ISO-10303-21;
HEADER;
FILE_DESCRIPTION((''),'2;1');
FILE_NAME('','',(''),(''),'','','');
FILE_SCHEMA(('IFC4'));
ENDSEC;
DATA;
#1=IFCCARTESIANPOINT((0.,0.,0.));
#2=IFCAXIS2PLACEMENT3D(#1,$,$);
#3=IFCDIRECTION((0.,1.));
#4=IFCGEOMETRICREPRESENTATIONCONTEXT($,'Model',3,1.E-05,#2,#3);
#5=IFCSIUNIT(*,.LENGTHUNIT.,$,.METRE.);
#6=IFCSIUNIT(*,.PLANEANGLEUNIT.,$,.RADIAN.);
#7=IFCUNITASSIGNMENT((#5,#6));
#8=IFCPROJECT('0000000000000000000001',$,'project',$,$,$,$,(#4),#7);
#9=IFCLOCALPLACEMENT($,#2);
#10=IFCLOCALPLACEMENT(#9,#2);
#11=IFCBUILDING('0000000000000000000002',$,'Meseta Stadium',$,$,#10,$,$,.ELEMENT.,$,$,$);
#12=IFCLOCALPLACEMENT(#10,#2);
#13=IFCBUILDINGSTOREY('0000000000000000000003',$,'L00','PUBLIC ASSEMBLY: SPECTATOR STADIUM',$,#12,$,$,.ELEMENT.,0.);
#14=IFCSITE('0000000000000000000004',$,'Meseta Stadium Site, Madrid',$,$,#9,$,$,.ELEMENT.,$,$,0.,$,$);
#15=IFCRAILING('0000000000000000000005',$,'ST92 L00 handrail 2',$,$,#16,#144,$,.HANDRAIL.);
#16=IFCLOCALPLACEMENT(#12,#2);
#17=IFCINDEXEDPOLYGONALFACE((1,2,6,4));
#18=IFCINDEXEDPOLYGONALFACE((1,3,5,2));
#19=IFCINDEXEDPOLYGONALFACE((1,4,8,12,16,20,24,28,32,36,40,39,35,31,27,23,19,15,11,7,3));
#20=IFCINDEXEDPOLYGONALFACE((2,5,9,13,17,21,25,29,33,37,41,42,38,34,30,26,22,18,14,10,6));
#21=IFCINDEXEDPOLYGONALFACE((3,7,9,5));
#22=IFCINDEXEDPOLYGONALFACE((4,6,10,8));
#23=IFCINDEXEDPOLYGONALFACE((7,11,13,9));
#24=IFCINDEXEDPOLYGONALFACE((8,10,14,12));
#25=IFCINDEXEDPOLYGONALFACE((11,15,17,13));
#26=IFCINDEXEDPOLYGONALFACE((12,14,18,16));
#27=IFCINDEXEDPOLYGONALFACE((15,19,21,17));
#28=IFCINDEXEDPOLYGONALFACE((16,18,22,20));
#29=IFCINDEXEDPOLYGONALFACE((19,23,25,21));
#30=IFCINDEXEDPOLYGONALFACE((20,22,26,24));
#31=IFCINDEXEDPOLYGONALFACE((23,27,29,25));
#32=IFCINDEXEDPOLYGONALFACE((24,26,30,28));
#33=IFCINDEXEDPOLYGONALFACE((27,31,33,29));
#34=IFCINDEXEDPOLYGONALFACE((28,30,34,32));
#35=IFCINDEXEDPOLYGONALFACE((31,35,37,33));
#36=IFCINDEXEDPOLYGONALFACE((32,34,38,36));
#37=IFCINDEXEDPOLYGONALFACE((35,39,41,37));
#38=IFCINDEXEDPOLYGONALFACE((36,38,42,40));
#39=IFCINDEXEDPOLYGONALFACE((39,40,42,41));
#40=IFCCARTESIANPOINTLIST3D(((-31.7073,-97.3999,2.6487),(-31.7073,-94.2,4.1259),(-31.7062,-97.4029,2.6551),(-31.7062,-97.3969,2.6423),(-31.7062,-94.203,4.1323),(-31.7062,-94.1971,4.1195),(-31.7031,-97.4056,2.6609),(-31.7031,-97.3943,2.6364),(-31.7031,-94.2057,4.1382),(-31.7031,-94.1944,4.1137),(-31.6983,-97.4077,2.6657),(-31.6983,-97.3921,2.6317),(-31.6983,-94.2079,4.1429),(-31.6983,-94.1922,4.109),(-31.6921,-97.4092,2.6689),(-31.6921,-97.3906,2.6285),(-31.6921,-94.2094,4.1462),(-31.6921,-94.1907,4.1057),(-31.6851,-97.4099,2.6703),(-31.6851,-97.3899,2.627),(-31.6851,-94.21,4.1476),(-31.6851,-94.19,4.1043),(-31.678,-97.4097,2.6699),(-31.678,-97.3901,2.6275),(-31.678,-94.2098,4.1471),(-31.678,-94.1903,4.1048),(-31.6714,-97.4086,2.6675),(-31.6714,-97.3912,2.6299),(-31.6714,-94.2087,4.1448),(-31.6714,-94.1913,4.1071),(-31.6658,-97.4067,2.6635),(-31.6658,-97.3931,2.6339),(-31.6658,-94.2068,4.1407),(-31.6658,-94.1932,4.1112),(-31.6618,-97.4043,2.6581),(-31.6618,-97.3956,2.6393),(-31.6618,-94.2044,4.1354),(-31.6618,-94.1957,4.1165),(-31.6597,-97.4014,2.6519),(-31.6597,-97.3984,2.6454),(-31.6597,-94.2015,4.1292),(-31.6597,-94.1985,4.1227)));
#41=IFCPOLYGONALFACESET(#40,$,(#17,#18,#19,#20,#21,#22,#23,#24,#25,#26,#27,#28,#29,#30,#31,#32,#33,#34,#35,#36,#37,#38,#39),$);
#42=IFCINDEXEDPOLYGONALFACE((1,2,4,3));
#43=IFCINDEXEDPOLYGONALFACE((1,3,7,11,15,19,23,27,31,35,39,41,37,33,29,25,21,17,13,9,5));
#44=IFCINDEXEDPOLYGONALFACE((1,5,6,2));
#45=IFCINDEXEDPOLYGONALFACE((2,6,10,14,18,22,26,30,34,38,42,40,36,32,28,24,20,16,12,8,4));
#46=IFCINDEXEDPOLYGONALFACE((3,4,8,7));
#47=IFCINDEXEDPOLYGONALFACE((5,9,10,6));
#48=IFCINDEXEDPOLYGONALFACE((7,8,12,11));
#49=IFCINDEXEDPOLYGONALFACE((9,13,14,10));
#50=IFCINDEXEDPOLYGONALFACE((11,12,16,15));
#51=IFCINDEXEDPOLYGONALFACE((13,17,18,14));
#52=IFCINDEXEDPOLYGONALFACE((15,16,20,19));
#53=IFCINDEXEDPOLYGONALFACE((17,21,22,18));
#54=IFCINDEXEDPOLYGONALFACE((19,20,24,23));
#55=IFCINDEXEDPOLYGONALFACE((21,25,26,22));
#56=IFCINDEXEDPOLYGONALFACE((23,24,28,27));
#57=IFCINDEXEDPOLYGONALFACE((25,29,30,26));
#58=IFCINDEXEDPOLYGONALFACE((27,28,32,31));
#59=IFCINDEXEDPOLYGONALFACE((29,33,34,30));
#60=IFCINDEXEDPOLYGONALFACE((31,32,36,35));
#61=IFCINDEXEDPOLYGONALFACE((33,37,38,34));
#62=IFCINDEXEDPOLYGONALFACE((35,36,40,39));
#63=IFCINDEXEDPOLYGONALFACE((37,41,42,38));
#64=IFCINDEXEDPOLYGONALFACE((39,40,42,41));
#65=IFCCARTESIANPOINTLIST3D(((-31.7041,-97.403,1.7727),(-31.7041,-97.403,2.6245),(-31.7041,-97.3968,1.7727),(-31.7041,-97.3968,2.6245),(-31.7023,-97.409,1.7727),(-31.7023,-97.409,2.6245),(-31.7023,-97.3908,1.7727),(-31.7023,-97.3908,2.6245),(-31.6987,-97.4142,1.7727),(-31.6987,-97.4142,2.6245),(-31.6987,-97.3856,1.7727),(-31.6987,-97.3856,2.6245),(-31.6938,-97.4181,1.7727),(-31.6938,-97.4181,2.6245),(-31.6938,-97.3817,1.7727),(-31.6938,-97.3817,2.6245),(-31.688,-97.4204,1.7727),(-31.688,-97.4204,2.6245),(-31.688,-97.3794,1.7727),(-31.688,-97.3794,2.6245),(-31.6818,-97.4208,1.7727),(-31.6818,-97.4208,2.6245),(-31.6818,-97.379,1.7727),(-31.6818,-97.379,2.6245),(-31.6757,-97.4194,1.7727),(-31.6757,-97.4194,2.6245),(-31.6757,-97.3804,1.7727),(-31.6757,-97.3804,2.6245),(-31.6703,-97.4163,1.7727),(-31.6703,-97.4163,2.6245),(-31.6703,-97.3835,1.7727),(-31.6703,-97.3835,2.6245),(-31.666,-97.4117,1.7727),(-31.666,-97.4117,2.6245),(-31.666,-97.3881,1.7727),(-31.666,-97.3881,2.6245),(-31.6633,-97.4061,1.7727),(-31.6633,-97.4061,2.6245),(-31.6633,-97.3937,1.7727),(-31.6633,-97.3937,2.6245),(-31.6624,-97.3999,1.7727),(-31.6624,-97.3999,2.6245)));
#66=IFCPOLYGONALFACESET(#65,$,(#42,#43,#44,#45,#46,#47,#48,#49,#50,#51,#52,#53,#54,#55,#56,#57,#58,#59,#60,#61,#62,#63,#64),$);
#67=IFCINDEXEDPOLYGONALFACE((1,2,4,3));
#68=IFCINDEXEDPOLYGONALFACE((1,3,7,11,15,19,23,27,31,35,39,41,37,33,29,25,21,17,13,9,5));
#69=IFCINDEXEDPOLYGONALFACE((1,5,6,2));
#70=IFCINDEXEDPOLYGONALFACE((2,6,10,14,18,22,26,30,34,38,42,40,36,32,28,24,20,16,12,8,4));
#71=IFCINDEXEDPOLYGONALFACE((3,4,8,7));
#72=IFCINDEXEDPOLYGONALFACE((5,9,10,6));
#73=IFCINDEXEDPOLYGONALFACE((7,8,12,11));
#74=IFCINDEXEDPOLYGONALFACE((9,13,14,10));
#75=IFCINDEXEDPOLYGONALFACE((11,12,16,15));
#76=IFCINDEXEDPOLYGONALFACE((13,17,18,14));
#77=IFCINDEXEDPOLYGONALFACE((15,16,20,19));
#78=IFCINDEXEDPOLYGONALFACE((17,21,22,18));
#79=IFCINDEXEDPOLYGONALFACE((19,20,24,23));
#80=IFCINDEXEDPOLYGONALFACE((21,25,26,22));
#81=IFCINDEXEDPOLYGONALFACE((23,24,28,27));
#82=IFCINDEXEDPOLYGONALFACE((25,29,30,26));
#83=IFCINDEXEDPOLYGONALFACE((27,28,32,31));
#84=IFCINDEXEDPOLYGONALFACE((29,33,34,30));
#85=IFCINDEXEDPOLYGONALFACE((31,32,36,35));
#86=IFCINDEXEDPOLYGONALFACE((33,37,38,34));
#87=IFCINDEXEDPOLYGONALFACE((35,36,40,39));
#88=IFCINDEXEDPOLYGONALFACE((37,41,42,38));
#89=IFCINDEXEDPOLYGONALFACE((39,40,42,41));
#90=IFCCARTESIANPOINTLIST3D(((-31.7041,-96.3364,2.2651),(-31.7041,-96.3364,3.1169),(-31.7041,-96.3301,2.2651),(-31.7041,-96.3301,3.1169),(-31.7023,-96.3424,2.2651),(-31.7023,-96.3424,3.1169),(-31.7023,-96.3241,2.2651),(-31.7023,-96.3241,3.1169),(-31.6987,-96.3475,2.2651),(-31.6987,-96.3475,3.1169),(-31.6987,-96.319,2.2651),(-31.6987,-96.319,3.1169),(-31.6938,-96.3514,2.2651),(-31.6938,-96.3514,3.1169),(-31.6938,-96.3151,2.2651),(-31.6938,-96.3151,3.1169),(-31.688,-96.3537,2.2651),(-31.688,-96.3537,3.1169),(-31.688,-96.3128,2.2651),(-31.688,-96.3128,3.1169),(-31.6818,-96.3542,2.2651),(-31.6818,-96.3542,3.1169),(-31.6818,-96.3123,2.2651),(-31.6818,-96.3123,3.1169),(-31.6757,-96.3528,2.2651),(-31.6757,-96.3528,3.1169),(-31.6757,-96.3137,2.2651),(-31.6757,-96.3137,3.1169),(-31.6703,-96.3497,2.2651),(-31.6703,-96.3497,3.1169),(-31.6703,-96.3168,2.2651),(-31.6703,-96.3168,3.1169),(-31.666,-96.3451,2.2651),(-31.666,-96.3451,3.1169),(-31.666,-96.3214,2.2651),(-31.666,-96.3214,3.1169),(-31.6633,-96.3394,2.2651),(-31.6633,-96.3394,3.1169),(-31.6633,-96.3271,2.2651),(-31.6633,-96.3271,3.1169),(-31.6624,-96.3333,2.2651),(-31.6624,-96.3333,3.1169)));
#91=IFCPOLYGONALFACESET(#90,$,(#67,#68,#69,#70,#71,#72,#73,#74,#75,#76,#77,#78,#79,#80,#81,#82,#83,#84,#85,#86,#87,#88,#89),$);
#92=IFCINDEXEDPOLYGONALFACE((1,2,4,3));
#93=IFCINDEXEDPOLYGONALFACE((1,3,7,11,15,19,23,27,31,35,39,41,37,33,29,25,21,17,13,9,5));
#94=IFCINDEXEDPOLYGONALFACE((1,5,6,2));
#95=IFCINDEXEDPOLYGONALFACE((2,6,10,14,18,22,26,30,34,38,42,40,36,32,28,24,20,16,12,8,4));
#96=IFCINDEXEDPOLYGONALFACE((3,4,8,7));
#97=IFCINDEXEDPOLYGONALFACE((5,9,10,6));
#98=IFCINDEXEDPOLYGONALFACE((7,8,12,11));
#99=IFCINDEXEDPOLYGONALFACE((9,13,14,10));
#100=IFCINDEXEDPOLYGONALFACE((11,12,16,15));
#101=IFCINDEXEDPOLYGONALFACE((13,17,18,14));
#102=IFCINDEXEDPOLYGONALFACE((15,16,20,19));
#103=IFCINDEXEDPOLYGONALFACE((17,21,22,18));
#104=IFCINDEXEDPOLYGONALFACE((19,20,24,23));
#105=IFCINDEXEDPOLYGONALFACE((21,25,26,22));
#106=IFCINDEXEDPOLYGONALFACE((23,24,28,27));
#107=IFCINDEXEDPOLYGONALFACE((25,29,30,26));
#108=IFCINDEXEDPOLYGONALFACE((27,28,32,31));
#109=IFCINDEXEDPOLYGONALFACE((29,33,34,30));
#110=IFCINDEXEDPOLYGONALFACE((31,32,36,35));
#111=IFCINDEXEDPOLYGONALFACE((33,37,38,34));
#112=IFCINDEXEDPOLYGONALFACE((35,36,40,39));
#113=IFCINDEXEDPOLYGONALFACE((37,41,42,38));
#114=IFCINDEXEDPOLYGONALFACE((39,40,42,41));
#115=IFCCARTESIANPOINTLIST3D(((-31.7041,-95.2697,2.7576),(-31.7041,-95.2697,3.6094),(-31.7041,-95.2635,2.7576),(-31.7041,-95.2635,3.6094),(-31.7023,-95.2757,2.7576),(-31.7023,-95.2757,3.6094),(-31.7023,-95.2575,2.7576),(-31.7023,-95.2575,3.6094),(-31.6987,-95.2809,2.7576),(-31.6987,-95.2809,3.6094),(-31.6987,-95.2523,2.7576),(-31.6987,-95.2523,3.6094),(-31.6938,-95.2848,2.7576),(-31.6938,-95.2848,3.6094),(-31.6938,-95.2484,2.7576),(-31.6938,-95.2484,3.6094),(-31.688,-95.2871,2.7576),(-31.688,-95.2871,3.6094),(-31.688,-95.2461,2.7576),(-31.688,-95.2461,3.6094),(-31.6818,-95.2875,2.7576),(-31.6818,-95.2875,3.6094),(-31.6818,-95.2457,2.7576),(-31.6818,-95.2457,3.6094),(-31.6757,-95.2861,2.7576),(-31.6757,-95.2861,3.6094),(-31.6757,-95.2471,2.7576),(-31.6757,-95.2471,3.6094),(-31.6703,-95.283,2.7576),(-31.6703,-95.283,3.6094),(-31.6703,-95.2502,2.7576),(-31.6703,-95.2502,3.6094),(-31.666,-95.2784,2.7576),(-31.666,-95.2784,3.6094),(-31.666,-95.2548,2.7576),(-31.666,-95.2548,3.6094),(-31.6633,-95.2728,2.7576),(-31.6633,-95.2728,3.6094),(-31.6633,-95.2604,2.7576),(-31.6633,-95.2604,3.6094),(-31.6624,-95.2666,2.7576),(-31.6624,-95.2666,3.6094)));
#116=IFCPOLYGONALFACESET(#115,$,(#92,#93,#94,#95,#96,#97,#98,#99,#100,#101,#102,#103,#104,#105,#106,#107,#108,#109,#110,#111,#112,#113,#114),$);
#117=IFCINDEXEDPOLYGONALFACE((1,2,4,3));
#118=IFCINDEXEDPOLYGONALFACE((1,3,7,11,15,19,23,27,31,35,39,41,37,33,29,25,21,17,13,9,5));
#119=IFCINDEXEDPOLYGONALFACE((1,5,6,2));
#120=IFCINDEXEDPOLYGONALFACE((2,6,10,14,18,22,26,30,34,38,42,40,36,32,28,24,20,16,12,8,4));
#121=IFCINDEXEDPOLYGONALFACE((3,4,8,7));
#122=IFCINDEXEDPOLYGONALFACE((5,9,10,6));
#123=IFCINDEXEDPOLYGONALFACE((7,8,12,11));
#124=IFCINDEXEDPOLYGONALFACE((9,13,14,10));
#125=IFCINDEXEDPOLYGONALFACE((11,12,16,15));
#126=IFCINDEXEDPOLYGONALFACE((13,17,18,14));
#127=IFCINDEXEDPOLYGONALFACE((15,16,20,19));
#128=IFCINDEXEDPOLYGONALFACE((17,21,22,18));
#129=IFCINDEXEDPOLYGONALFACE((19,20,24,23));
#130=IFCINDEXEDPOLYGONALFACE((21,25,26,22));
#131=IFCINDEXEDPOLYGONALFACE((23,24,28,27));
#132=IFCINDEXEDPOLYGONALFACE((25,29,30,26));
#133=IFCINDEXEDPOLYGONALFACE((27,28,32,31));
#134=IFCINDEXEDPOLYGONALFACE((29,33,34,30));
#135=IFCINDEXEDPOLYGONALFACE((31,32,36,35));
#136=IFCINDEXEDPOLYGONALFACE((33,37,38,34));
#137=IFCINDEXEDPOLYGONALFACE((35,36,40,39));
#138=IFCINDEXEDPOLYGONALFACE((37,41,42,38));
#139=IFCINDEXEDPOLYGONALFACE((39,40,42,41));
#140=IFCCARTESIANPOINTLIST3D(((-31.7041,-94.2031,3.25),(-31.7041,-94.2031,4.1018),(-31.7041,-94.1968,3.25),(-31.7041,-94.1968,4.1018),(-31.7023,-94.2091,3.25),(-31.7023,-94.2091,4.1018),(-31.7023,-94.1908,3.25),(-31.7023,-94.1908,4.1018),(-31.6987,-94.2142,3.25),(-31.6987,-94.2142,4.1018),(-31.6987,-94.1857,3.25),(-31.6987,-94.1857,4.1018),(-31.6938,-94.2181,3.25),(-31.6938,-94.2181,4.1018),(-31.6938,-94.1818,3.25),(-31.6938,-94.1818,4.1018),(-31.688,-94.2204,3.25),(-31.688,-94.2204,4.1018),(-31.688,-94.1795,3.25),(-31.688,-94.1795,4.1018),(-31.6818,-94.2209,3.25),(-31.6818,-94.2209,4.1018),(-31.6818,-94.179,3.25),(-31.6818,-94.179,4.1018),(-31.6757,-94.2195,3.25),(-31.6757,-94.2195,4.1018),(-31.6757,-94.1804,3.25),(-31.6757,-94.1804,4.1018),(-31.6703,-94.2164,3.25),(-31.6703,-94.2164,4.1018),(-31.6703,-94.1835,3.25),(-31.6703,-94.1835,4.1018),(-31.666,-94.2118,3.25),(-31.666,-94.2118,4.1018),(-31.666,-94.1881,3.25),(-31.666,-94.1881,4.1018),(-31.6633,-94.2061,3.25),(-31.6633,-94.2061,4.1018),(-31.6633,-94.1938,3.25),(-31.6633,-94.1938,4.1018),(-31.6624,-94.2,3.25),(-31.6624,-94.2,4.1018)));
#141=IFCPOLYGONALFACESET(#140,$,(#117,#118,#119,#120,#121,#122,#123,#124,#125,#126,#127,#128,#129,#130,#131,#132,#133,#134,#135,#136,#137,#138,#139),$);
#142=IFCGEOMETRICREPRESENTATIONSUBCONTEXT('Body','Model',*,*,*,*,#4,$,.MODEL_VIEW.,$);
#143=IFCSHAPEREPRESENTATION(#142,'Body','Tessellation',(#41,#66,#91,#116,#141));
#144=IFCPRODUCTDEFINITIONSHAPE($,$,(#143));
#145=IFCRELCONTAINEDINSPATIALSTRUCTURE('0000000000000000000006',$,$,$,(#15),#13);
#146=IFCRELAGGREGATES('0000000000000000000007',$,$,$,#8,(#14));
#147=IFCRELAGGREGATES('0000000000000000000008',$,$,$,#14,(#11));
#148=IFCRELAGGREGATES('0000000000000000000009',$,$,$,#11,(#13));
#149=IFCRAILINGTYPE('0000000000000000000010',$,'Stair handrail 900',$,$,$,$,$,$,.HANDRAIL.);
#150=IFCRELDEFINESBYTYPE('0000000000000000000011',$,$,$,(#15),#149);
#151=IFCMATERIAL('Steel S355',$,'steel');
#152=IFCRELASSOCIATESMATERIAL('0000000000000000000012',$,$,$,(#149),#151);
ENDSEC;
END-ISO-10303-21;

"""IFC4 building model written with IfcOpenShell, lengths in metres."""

from ifc_helpers import new_model, si_unit, direction, frame, origin, origin_2d, place, context, subcontext, project, spatial, circle, extrude, material, type_object, element, save


model = new_model("IFC4")

# Units and contexts
model_context = context("Model", 3, precision=1e-05, world=origin(), true_north=direction((0.0, 1.0)))
body_context = subcontext(model_context, "Body", "Model", "MODEL_VIEW")
ifc_project = project(units=[si_unit("LENGTHUNIT", "METRE"), si_unit("PLANEANGLEUNIT", "RADIAN")], contexts=[model_context])

# Site, building, storey
site_placement = place(None, origin())
site = spatial("IfcSite", under=ifc_project, at=site_placement, Name="Meseta Stadium Site, Madrid", CompositionType="ELEMENT", RefElevation=0.0)
building_placement = place(site_placement, origin())
building = spatial("IfcBuilding", under=site, at=building_placement, Name="Meseta Stadium", CompositionType="ELEMENT")
storey_placement = place(building_placement, origin())
storey = spatial("IfcBuildingStorey", under=building, at=storey_placement, Name="L00", Description="PUBLIC ASSEMBLY: SPECTATOR STADIUM", CompositionType="ELEMENT", Elevation=0.0)

# Railing
ifc_material_1 = material(Name="Steel S355", Category="steel")
railing_type_1 = type_object("IfcRailingType", Name="Stair handrail 900", PredefinedType="HANDRAIL", material=ifc_material_1)
for number, where, name in (
    (1, (-31.6833, -97.3999, 1.7727), "ST92 L00 handrail 2"),
):
    element("IfcRailing", number, at=place(storey_placement, frame(where)), inside=storey, type_object=railing_type_1, Name=name, PredefinedType="HANDRAIL", context=body_context, shape_type="SweptSolid", body=[
        extrude(circle(Radius=0.0239, at=origin_2d()), frame((0.0, 0.0, 0.876), z_axis=(0.0, 0.907917, 0.41915), x_axis=(-1.0, 0.0, 0.0)), (0.0, 0.0, 1.0), 3.5244),
        extrude(circle(Radius=0.021, at=origin_2d()), origin(), (0.0, 0.0, 1.0), 0.8518),
        extrude(circle(Radius=0.021, at=origin_2d()), frame((0.0, 1.0667, 0.4924)), (0.0, 0.0, 1.0), 0.8518),
        extrude(circle(Radius=0.021, at=origin_2d()), frame((0.0, 2.1333, 0.9849)), (0.0, 0.0, 1.0), 0.8518),
        extrude(circle(Radius=0.021, at=origin_2d()), frame((0.0, 3.2, 1.4773)), (0.0, 0.0, 1.0), 0.8518),
    ])

save(model, "model.ifc")
